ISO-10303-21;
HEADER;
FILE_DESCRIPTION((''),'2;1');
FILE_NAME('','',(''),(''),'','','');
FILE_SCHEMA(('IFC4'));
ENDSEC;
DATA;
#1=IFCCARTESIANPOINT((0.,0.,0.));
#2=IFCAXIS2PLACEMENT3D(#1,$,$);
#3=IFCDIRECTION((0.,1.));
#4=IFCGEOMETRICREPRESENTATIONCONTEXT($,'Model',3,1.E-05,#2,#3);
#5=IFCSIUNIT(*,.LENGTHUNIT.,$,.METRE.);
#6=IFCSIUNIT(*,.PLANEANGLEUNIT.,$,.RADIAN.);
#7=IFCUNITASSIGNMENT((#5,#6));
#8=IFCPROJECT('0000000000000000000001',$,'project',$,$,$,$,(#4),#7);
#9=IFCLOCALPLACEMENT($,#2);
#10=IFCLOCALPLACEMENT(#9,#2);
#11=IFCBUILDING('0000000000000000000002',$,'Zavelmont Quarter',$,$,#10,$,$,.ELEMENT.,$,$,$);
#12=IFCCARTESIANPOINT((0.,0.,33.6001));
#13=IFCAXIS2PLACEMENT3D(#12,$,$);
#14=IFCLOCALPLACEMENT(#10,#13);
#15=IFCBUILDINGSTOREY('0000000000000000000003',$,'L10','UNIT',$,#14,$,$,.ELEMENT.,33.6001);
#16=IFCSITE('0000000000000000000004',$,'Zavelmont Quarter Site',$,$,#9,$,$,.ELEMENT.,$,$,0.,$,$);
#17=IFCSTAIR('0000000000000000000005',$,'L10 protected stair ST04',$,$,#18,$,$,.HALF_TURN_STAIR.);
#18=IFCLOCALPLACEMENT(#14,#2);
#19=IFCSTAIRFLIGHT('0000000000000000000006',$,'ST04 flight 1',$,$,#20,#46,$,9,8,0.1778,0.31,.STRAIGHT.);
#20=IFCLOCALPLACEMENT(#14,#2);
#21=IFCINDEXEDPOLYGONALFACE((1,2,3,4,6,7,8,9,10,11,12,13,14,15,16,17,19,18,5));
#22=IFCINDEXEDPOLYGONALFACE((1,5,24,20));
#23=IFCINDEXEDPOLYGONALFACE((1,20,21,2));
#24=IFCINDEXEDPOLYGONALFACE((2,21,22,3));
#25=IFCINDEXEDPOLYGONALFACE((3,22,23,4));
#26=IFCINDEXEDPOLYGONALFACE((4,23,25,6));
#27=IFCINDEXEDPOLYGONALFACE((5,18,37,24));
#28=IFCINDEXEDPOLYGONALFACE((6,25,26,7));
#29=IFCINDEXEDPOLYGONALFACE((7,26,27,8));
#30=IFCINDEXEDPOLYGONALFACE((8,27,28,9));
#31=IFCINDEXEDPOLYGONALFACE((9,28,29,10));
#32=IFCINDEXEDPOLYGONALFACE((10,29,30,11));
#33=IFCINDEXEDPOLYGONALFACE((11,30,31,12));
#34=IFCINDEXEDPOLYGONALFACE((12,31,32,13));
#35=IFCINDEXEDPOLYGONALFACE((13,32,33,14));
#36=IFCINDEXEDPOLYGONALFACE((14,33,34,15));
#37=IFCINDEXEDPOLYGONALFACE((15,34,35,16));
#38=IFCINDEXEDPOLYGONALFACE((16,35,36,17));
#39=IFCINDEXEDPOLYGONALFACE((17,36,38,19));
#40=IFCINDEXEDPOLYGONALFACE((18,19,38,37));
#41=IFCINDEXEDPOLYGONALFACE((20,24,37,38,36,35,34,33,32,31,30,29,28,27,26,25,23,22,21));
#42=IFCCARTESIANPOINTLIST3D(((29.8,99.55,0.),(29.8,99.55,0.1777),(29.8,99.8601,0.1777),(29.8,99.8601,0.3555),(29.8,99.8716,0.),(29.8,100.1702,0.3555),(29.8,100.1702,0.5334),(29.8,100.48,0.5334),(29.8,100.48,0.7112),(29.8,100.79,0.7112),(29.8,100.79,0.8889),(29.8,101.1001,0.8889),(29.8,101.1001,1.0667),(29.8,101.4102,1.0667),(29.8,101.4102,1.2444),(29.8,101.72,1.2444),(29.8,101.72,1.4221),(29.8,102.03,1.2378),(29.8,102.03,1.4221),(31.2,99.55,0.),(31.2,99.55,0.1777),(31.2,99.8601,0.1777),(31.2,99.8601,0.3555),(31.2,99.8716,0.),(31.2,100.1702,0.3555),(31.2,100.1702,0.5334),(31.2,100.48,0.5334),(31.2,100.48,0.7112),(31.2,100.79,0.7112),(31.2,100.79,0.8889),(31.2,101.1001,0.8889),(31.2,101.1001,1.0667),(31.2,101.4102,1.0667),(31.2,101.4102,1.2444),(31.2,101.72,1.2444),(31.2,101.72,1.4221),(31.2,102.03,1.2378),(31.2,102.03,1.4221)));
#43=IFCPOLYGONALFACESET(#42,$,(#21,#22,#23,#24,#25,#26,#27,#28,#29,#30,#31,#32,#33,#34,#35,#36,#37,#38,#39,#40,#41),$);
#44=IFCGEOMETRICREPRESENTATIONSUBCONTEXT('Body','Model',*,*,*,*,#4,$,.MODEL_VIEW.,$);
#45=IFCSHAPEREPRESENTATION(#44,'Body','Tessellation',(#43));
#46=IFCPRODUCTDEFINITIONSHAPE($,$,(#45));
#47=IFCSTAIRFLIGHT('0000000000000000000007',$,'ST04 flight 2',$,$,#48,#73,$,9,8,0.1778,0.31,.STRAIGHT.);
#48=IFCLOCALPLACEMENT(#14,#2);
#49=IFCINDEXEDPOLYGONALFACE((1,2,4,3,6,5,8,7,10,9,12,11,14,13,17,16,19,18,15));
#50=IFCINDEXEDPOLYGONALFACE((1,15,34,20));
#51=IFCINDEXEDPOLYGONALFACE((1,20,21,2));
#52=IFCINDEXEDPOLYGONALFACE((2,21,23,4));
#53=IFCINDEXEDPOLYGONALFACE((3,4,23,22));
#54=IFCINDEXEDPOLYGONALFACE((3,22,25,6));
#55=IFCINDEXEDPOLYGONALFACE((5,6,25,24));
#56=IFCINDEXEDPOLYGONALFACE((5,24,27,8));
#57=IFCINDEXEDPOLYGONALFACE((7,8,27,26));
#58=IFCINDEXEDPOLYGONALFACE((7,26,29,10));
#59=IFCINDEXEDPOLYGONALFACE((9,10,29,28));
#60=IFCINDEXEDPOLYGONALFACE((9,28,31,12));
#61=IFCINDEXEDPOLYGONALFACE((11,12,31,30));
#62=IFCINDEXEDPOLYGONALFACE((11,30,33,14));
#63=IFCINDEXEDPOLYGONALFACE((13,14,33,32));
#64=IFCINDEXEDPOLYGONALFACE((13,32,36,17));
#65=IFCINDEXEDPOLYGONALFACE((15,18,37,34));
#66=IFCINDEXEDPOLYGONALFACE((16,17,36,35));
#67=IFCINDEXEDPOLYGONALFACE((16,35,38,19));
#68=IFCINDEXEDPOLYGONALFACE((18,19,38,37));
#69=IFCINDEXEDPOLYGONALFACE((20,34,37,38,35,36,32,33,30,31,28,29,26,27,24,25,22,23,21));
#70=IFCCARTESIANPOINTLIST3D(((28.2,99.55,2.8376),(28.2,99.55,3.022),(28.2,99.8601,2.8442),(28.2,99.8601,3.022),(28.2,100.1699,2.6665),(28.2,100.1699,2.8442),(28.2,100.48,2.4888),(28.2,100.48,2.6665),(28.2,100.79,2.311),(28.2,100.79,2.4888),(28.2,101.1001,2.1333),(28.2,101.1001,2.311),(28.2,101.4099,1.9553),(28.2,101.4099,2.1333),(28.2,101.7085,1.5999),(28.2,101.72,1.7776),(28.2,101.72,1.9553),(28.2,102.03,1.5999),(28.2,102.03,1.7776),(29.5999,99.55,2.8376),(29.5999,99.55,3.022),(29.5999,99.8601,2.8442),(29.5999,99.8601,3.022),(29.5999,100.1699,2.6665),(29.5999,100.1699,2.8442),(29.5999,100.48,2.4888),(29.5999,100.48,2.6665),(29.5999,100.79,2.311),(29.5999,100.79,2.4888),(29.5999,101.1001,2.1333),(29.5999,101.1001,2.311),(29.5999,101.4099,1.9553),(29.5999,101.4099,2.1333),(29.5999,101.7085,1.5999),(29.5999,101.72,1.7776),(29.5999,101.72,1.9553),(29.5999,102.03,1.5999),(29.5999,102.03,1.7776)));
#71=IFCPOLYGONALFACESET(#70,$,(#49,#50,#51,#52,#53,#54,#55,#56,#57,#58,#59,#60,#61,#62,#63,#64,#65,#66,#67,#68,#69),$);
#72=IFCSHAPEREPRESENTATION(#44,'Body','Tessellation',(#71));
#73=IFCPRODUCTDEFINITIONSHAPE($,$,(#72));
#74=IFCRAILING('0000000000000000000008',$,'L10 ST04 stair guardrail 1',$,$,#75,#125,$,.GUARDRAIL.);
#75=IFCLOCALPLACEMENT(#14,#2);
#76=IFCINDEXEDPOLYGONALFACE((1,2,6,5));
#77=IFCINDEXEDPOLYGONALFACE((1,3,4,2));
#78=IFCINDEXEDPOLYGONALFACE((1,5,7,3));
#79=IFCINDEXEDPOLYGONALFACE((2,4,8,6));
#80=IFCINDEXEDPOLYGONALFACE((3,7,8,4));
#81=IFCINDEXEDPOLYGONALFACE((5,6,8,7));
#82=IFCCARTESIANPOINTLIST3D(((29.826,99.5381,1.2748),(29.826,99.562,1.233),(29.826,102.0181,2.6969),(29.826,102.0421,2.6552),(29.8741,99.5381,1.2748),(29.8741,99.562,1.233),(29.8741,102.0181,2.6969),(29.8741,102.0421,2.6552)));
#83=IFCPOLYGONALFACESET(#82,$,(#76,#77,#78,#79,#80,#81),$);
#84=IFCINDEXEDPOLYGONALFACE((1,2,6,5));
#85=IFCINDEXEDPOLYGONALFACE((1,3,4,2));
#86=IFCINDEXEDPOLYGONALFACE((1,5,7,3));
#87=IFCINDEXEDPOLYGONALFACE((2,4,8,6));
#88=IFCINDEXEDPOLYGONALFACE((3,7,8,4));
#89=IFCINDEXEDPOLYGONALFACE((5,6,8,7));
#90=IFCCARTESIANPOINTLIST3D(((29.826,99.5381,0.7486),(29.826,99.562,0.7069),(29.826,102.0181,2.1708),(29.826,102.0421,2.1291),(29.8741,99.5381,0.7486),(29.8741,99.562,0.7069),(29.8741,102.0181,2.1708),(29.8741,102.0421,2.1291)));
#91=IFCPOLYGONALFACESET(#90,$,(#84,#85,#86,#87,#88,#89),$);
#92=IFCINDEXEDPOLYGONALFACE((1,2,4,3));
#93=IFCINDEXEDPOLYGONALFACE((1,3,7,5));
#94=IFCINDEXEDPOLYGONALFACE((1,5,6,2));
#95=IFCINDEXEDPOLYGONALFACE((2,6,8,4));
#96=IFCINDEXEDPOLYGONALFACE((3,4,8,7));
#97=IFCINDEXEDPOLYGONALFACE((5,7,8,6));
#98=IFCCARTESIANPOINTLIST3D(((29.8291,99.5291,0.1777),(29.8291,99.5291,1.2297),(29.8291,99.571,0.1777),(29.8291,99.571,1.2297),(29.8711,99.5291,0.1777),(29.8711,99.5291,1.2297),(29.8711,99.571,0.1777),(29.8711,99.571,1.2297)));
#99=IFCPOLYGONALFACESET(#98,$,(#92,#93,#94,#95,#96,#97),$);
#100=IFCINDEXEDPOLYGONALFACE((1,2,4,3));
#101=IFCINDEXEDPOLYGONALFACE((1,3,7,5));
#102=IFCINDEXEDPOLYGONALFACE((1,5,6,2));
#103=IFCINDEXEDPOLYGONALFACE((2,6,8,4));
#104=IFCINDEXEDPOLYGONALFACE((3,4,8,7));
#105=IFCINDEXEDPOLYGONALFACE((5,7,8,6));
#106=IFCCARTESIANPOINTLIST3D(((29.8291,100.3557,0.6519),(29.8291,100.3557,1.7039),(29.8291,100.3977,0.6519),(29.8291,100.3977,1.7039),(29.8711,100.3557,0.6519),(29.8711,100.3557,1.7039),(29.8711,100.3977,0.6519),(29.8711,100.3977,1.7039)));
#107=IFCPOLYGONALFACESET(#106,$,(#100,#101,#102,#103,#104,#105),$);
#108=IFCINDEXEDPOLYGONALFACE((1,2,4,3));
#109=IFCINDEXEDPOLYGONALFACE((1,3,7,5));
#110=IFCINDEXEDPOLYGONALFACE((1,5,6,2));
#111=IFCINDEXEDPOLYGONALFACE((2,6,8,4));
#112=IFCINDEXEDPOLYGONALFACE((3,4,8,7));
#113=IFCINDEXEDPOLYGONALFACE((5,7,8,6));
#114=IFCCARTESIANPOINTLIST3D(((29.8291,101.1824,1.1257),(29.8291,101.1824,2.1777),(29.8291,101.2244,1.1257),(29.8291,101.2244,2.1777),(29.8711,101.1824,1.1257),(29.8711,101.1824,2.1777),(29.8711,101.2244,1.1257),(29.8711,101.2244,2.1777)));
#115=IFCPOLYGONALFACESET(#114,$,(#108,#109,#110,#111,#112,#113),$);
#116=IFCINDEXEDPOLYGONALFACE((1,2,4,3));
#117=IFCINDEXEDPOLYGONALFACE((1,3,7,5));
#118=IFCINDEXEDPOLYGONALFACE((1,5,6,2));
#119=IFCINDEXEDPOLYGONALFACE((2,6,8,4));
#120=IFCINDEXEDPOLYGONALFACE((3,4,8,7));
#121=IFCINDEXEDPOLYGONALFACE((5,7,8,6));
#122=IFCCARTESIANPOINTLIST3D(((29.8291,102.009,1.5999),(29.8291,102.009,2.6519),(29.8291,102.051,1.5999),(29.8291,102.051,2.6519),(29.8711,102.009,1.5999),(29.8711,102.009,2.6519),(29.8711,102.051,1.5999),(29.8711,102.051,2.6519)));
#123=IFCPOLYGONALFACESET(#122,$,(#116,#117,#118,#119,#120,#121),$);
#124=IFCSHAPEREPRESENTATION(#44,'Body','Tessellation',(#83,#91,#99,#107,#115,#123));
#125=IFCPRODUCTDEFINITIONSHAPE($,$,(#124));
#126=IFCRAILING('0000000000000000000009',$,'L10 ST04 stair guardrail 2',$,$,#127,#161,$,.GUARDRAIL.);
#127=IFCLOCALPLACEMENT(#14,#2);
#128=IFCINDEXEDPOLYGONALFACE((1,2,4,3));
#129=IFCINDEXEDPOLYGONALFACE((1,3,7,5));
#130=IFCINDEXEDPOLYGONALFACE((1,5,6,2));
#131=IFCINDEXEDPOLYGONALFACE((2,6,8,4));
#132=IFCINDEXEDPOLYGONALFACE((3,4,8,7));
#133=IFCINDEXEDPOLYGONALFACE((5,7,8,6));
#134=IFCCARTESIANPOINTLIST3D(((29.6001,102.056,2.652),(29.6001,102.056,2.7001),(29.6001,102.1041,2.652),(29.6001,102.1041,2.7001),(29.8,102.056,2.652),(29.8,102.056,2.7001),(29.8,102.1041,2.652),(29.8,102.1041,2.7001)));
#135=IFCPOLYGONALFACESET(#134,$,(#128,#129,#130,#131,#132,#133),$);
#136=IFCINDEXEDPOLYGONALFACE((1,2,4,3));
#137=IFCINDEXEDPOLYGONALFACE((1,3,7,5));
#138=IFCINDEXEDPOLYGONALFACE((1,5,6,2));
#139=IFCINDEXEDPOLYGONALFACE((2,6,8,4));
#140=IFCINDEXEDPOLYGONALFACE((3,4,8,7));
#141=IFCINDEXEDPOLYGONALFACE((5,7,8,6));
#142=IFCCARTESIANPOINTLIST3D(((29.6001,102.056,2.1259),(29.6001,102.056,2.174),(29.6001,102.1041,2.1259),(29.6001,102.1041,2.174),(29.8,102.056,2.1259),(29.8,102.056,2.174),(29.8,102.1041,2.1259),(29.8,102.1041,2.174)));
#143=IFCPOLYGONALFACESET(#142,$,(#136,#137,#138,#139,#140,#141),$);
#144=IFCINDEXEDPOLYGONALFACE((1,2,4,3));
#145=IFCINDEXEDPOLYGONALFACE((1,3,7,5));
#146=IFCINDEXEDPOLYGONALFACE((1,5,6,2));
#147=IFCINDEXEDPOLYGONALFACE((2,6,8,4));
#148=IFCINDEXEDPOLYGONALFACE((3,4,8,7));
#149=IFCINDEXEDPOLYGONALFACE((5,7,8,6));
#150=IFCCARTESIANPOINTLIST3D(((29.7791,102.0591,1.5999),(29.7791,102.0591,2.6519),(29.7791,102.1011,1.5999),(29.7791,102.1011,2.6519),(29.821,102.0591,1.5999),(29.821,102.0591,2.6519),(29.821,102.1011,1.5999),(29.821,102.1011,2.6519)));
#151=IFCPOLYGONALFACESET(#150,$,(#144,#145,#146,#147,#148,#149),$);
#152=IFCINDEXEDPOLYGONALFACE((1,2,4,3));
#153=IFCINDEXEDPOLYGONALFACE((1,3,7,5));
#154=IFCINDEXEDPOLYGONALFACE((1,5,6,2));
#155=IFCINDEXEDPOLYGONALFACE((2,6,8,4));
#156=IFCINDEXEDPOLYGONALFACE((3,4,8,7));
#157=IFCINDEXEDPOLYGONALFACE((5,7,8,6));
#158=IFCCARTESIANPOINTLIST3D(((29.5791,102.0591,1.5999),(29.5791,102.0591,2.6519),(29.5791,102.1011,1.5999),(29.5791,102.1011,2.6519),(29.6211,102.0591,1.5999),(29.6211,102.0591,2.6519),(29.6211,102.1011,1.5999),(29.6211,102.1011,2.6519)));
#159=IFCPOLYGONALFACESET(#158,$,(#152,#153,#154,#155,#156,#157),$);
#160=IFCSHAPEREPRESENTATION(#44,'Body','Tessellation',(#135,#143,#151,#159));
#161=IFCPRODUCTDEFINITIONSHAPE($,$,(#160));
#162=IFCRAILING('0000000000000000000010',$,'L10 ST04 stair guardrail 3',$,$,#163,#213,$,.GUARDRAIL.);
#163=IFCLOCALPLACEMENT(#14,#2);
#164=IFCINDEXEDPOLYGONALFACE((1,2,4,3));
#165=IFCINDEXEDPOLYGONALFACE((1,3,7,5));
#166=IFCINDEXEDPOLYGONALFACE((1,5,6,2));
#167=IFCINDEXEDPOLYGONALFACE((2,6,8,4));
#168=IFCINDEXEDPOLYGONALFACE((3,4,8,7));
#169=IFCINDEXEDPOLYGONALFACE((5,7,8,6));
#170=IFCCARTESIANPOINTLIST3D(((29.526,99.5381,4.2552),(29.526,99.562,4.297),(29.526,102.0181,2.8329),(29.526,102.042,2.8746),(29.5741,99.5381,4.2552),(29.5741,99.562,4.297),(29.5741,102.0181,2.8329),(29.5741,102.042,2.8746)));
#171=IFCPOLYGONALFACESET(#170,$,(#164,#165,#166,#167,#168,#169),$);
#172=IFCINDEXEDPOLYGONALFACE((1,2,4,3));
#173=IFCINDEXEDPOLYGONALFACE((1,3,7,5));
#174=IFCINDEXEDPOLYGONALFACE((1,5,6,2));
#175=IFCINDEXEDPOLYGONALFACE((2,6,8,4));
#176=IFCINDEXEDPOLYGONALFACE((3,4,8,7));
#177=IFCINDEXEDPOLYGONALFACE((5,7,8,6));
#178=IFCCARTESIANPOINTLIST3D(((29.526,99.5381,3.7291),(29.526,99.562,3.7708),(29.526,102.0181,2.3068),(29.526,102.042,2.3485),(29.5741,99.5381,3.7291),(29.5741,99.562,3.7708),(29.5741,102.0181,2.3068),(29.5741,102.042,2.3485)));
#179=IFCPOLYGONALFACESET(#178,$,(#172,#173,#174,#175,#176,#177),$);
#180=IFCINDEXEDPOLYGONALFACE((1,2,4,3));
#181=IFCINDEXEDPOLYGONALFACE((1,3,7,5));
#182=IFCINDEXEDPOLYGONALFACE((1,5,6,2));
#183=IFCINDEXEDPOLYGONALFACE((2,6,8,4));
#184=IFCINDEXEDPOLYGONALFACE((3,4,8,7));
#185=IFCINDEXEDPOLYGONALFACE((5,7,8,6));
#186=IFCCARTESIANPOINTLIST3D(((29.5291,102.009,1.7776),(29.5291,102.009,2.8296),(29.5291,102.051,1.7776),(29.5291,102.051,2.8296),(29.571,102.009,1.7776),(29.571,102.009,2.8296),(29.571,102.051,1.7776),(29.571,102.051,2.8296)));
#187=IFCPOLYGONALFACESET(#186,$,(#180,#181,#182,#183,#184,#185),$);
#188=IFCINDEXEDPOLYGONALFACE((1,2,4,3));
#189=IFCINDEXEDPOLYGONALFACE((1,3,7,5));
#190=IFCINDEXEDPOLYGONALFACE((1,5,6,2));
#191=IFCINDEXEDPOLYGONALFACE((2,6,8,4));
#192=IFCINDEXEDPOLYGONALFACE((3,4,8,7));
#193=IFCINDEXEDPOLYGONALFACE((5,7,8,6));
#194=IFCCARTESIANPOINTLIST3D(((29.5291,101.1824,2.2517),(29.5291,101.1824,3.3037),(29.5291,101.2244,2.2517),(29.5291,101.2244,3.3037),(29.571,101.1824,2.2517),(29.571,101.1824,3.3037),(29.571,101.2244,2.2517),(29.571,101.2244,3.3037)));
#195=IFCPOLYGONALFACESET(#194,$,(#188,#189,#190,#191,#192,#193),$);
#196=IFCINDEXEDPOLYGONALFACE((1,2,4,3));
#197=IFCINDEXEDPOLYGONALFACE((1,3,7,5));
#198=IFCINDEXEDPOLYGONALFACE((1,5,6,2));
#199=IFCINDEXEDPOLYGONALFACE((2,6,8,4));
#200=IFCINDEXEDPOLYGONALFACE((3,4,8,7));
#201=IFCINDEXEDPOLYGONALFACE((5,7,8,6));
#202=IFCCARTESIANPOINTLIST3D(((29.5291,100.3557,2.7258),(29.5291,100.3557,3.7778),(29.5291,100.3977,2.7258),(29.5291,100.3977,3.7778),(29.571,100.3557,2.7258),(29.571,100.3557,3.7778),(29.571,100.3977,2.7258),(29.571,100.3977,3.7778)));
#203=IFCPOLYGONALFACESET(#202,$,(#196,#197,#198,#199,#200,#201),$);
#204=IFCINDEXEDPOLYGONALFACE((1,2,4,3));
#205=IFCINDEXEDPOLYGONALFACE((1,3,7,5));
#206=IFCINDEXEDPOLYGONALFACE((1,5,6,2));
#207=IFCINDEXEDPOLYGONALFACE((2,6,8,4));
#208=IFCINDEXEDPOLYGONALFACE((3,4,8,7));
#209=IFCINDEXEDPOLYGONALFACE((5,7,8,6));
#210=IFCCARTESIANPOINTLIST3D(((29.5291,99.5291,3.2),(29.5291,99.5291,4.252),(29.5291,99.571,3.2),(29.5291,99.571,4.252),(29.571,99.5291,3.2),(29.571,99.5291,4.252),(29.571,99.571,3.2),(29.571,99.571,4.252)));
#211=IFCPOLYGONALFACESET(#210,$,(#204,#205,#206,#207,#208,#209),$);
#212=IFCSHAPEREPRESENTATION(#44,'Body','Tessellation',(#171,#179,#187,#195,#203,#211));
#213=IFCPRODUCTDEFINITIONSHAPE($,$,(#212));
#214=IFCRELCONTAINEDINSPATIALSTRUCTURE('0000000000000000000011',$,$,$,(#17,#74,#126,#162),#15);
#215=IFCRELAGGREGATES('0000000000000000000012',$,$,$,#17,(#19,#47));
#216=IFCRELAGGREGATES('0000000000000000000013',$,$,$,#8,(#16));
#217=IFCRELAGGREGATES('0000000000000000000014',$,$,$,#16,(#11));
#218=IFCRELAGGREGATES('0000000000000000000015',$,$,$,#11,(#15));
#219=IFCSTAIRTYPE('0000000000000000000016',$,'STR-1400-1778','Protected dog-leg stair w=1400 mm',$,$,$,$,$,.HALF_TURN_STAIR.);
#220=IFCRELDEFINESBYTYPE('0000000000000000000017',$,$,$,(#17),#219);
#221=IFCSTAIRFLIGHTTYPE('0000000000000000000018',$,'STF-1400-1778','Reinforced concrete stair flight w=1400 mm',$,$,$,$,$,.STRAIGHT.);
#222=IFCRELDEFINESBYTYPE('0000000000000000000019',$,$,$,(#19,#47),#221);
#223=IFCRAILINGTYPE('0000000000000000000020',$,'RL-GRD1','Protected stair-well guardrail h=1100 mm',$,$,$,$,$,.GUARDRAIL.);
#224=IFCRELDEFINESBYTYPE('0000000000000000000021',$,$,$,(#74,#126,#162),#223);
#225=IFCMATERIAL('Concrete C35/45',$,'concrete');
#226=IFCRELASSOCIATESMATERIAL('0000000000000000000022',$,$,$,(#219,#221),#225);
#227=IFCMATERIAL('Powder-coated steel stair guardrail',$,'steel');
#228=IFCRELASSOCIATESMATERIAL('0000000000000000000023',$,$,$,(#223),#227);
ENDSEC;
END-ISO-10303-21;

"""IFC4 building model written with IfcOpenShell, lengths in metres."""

from ifc_helpers import new_model, si_unit, direction, frame, origin, origin_2d, place, context, subcontext, project, spatial, polyline, rectangle, outline, extrude, material, type_object, element, aggregate, save


model = new_model("IFC4")

# Units and contexts
model_context = context("Model", 3, precision=1e-05, world=origin(), true_north=direction((0.0, 1.0)))
body_context = subcontext(model_context, "Body", "Model", "MODEL_VIEW")
ifc_project = project(units=[si_unit("LENGTHUNIT", "METRE"), si_unit("PLANEANGLEUNIT", "RADIAN")], contexts=[model_context])

# Site, building, storey
site_placement = place(None, origin())
site = spatial("IfcSite", under=ifc_project, at=site_placement, Name="Zavelmont Quarter Site", CompositionType="ELEMENT", RefElevation=0.0)
building_placement = place(site_placement, origin())
building = spatial("IfcBuilding", under=site, at=building_placement, Name="Zavelmont Quarter", CompositionType="ELEMENT")
storey_placement = place(building_placement, frame((0.0, 0.0, 33.6001)))
storey = spatial("IfcBuildingStorey", under=building, at=storey_placement, Name="L10", Description="UNIT", CompositionType="ELEMENT", Elevation=33.6001)

# Shared definitions
ifc_material_1 = material(Name="Concrete C35/45", Category="concrete")

# Stair, stair flights
stair_type = type_object("IfcStairType", Name="STR-1400-1778", Description="Protected dog-leg stair w=1400 mm", PredefinedType="HALF_TURN_STAIR", material=ifc_material_1)
stair_placement = place(storey_placement, origin())
stair = element("IfcStair", 1, at=stair_placement, inside=storey, type_object=stair_type, Name="L10 protected stair ST04", PredefinedType="HALF_TURN_STAIR")
stair_flight_type = type_object("IfcStairFlightType", Name="STF-1400-1778", Description="Reinforced concrete stair flight w=1400 mm", PredefinedType="STRAIGHT", material=ifc_material_1)
stair_flight_1_placement = place(storey_placement, frame((30.5, 99.55, 0.0), z_axis=(0.0, 0.0, 1.0), x_axis=(0.0, 1.0, 0.0)))
stair_flight_1 = element("IfcStairFlight", 2, at=stair_flight_1_placement, type_object=stair_flight_type, Name="ST04 flight 1", NumberOfRisers=9, NumberOfTreads=8, PredefinedType="STRAIGHT", RiserHeight=0.1778, TreadLength=0.31, context=body_context, shape_type="SweptSolid", body=[
    extrude(outline(polyline([(0.0, 0.0), (0.0, 0.1777), (0.3101, 0.1777), (0.3101, 0.3555), (0.6201, 0.3555), (0.6201, 0.5334), (0.9299, 0.5334), (0.9299, 0.7112), (1.24, 0.7112), (1.24, 0.8889), (1.55, 0.8889), (1.55, 1.0667), (1.8601, 1.0667), (1.8601, 1.2444), (2.1699, 1.2444), (2.1699, 1.4221), (2.48, 1.4221), (2.48, 1.6001), (2.48, 1.2378), (0.3215, 0.0), (0.0, 0.0)])), frame((0.0, 0.7, 0.0), z_axis=(0.0, -1.0, 0.0), x_axis=(1.0, 0.0, 0.0)), (0.0, 0.0, 1.0), 1.3999),
])
stair_flight_2_placement = place(storey_placement, frame((28.8999, 102.03, 1.5999), z_axis=(0.0, 0.0, 1.0), x_axis=(0.0, -1.0, 0.0)))
stair_flight_2 = element("IfcStairFlight", 3, at=stair_flight_2_placement, type_object=stair_flight_type, Name="ST04 flight 2", NumberOfRisers=9, NumberOfTreads=8, PredefinedType="STRAIGHT", RiserHeight=0.1778, TreadLength=0.31, context=body_context, shape_type="SweptSolid", body=[
    extrude(outline(polyline([(0.0, 0.0), (0.0, 0.1777), (0.3101, 0.1777), (0.3101, 0.3555), (0.6201, 0.3555), (0.6201, 0.5334), (0.9299, 0.5334), (0.9299, 0.7112), (1.24, 0.7112), (1.24, 0.8889), (1.55, 0.8889), (1.55, 1.0667), (1.8601, 1.0667), (1.8601, 1.2444), (2.1699, 1.2444), (2.1699, 1.4221), (2.48, 1.4221), (2.48, 1.6001), (2.48, 1.2378), (0.3215, 0.0), (0.0, 0.0)])), frame((0.0, 0.7, 0.0), z_axis=(0.0, -1.0, 0.0), x_axis=(1.0, 0.0, 0.0)), (0.0, 0.0, 1.0), 1.3999),
])
aggregate(stair, [stair_flight_1, stair_flight_2])

# Railings
ifc_material_2 = material(Name="Powder-coated steel stair guardrail", Category="steel")
railing_type_1 = type_object("IfcRailingType", Name="RL-GRD1", Description="Protected stair-well guardrail h=1100 mm", PredefinedType="GUARDRAIL", material=ifc_material_2)
railing_1_placement = place(storey_placement, frame((29.8501, 99.55, 0.1777)))
element("IfcRailing", 4, at=railing_1_placement, inside=storey, type_object=railing_type_1, Name="L10 ST04 stair guardrail 1", PredefinedType="GUARDRAIL", context=body_context, shape_type="SweptSolid", body=[
    extrude(rectangle(XDim=0.0481, YDim=0.0481, at=origin_2d()), frame((0.0, 0.0, 1.0762), z_axis=(0.0, 0.867491, 0.497454), x_axis=(-1.0, 0.0, 0.0)), (0.0, 0.0, 1.0), 2.8589),
    extrude(rectangle(XDim=0.0481, YDim=0.0481, at=origin_2d()), frame((0.0, 0.0, 0.55), z_axis=(0.0, 0.867491, 0.497454), x_axis=(-1.0, 0.0, 0.0)), (0.0, 0.0, 1.0), 2.8589),
    extrude(rectangle(XDim=0.042, YDim=0.042, at=origin_2d()), origin(), (0.0, 0.0, 1.0), 1.052),
    extrude(rectangle(XDim=0.042, YDim=0.042, at=origin_2d()), frame((0.0, 0.8267, 0.4741)), (0.0, 0.0, 1.0), 1.052),
    extrude(rectangle(XDim=0.042, YDim=0.042, at=origin_2d()), frame((0.0, 1.6533, 0.948)), (0.0, 0.0, 1.0), 1.052),
    extrude(rectangle(XDim=0.042, YDim=0.042, at=origin_2d()), frame((0.0, 2.48, 1.4221)), (0.0, 0.0, 1.0), 1.052),
])
railing_2_placement = place(storey_placement, frame((29.8, 102.0801, 1.5999)))
element("IfcRailing", 5, at=railing_2_placement, inside=storey, type_object=railing_type_1, Name="L10 ST04 stair guardrail 2", PredefinedType="GUARDRAIL", context=body_context, shape_type="SweptSolid", body=[
    extrude(rectangle(XDim=0.0481, YDim=0.0481, at=origin_2d()), frame((0.0, 0.0, 1.0762), z_axis=(-1.0, 0.0, 0.0), x_axis=(0.0, -1.0, 0.0)), (0.0, 0.0, 1.0), 0.2),
    extrude(rectangle(XDim=0.0481, YDim=0.0481, at=origin_2d()), frame((0.0, 0.0, 0.55), z_axis=(-1.0, 0.0, 0.0), x_axis=(0.0, -1.0, 0.0)), (0.0, 0.0, 1.0), 0.2),
    extrude(rectangle(XDim=0.042, YDim=0.042, at=origin_2d()), origin(), (0.0, 0.0, 1.0), 1.052),
    extrude(rectangle(XDim=0.042, YDim=0.042, at=origin_2d()), frame((-0.2, 0.0, 0.0)), (0.0, 0.0, 1.0), 1.052),
])
railing_3_placement = place(storey_placement, frame((29.55, 102.03, 1.7776)))
element("IfcRailing", 6, at=railing_3_placement, inside=storey, type_object=railing_type_1, Name="L10 ST04 stair guardrail 3", PredefinedType="GUARDRAIL", context=body_context, shape_type="SweptSolid", body=[
    extrude(rectangle(XDim=0.0481, YDim=0.0481, at=origin_2d()), frame((0.0, 0.0, 1.0762), z_axis=(0.0, -0.867454, 0.497518), x_axis=(1.0, 0.0, 0.0)), (0.0, 0.0, 1.0), 2.8589),
    extrude(rectangle(XDim=0.0481, YDim=0.0481, at=origin_2d()), frame((0.0, 0.0, 0.55), z_axis=(0.0, -0.867454, 0.497518), x_axis=(1.0, 0.0, 0.0)), (0.0, 0.0, 1.0), 2.8589),
    extrude(rectangle(XDim=0.042, YDim=0.042, at=origin_2d()), origin(), (0.0, 0.0, 1.0), 1.052),
    extrude(rectangle(XDim=0.042, YDim=0.042, at=origin_2d()), frame((0.0, -0.8267, 0.4741)), (0.0, 0.0, 1.0), 1.052),
    extrude(rectangle(XDim=0.042, YDim=0.042, at=origin_2d()), frame((0.0, -1.6533, 0.9482)), (0.0, 0.0, 1.0), 1.052),
    extrude(rectangle(XDim=0.042, YDim=0.042, at=origin_2d()), frame((0.0, -2.48, 1.4224)), (0.0, 0.0, 1.0), 1.052),
])

save(model, "model.ifc")
